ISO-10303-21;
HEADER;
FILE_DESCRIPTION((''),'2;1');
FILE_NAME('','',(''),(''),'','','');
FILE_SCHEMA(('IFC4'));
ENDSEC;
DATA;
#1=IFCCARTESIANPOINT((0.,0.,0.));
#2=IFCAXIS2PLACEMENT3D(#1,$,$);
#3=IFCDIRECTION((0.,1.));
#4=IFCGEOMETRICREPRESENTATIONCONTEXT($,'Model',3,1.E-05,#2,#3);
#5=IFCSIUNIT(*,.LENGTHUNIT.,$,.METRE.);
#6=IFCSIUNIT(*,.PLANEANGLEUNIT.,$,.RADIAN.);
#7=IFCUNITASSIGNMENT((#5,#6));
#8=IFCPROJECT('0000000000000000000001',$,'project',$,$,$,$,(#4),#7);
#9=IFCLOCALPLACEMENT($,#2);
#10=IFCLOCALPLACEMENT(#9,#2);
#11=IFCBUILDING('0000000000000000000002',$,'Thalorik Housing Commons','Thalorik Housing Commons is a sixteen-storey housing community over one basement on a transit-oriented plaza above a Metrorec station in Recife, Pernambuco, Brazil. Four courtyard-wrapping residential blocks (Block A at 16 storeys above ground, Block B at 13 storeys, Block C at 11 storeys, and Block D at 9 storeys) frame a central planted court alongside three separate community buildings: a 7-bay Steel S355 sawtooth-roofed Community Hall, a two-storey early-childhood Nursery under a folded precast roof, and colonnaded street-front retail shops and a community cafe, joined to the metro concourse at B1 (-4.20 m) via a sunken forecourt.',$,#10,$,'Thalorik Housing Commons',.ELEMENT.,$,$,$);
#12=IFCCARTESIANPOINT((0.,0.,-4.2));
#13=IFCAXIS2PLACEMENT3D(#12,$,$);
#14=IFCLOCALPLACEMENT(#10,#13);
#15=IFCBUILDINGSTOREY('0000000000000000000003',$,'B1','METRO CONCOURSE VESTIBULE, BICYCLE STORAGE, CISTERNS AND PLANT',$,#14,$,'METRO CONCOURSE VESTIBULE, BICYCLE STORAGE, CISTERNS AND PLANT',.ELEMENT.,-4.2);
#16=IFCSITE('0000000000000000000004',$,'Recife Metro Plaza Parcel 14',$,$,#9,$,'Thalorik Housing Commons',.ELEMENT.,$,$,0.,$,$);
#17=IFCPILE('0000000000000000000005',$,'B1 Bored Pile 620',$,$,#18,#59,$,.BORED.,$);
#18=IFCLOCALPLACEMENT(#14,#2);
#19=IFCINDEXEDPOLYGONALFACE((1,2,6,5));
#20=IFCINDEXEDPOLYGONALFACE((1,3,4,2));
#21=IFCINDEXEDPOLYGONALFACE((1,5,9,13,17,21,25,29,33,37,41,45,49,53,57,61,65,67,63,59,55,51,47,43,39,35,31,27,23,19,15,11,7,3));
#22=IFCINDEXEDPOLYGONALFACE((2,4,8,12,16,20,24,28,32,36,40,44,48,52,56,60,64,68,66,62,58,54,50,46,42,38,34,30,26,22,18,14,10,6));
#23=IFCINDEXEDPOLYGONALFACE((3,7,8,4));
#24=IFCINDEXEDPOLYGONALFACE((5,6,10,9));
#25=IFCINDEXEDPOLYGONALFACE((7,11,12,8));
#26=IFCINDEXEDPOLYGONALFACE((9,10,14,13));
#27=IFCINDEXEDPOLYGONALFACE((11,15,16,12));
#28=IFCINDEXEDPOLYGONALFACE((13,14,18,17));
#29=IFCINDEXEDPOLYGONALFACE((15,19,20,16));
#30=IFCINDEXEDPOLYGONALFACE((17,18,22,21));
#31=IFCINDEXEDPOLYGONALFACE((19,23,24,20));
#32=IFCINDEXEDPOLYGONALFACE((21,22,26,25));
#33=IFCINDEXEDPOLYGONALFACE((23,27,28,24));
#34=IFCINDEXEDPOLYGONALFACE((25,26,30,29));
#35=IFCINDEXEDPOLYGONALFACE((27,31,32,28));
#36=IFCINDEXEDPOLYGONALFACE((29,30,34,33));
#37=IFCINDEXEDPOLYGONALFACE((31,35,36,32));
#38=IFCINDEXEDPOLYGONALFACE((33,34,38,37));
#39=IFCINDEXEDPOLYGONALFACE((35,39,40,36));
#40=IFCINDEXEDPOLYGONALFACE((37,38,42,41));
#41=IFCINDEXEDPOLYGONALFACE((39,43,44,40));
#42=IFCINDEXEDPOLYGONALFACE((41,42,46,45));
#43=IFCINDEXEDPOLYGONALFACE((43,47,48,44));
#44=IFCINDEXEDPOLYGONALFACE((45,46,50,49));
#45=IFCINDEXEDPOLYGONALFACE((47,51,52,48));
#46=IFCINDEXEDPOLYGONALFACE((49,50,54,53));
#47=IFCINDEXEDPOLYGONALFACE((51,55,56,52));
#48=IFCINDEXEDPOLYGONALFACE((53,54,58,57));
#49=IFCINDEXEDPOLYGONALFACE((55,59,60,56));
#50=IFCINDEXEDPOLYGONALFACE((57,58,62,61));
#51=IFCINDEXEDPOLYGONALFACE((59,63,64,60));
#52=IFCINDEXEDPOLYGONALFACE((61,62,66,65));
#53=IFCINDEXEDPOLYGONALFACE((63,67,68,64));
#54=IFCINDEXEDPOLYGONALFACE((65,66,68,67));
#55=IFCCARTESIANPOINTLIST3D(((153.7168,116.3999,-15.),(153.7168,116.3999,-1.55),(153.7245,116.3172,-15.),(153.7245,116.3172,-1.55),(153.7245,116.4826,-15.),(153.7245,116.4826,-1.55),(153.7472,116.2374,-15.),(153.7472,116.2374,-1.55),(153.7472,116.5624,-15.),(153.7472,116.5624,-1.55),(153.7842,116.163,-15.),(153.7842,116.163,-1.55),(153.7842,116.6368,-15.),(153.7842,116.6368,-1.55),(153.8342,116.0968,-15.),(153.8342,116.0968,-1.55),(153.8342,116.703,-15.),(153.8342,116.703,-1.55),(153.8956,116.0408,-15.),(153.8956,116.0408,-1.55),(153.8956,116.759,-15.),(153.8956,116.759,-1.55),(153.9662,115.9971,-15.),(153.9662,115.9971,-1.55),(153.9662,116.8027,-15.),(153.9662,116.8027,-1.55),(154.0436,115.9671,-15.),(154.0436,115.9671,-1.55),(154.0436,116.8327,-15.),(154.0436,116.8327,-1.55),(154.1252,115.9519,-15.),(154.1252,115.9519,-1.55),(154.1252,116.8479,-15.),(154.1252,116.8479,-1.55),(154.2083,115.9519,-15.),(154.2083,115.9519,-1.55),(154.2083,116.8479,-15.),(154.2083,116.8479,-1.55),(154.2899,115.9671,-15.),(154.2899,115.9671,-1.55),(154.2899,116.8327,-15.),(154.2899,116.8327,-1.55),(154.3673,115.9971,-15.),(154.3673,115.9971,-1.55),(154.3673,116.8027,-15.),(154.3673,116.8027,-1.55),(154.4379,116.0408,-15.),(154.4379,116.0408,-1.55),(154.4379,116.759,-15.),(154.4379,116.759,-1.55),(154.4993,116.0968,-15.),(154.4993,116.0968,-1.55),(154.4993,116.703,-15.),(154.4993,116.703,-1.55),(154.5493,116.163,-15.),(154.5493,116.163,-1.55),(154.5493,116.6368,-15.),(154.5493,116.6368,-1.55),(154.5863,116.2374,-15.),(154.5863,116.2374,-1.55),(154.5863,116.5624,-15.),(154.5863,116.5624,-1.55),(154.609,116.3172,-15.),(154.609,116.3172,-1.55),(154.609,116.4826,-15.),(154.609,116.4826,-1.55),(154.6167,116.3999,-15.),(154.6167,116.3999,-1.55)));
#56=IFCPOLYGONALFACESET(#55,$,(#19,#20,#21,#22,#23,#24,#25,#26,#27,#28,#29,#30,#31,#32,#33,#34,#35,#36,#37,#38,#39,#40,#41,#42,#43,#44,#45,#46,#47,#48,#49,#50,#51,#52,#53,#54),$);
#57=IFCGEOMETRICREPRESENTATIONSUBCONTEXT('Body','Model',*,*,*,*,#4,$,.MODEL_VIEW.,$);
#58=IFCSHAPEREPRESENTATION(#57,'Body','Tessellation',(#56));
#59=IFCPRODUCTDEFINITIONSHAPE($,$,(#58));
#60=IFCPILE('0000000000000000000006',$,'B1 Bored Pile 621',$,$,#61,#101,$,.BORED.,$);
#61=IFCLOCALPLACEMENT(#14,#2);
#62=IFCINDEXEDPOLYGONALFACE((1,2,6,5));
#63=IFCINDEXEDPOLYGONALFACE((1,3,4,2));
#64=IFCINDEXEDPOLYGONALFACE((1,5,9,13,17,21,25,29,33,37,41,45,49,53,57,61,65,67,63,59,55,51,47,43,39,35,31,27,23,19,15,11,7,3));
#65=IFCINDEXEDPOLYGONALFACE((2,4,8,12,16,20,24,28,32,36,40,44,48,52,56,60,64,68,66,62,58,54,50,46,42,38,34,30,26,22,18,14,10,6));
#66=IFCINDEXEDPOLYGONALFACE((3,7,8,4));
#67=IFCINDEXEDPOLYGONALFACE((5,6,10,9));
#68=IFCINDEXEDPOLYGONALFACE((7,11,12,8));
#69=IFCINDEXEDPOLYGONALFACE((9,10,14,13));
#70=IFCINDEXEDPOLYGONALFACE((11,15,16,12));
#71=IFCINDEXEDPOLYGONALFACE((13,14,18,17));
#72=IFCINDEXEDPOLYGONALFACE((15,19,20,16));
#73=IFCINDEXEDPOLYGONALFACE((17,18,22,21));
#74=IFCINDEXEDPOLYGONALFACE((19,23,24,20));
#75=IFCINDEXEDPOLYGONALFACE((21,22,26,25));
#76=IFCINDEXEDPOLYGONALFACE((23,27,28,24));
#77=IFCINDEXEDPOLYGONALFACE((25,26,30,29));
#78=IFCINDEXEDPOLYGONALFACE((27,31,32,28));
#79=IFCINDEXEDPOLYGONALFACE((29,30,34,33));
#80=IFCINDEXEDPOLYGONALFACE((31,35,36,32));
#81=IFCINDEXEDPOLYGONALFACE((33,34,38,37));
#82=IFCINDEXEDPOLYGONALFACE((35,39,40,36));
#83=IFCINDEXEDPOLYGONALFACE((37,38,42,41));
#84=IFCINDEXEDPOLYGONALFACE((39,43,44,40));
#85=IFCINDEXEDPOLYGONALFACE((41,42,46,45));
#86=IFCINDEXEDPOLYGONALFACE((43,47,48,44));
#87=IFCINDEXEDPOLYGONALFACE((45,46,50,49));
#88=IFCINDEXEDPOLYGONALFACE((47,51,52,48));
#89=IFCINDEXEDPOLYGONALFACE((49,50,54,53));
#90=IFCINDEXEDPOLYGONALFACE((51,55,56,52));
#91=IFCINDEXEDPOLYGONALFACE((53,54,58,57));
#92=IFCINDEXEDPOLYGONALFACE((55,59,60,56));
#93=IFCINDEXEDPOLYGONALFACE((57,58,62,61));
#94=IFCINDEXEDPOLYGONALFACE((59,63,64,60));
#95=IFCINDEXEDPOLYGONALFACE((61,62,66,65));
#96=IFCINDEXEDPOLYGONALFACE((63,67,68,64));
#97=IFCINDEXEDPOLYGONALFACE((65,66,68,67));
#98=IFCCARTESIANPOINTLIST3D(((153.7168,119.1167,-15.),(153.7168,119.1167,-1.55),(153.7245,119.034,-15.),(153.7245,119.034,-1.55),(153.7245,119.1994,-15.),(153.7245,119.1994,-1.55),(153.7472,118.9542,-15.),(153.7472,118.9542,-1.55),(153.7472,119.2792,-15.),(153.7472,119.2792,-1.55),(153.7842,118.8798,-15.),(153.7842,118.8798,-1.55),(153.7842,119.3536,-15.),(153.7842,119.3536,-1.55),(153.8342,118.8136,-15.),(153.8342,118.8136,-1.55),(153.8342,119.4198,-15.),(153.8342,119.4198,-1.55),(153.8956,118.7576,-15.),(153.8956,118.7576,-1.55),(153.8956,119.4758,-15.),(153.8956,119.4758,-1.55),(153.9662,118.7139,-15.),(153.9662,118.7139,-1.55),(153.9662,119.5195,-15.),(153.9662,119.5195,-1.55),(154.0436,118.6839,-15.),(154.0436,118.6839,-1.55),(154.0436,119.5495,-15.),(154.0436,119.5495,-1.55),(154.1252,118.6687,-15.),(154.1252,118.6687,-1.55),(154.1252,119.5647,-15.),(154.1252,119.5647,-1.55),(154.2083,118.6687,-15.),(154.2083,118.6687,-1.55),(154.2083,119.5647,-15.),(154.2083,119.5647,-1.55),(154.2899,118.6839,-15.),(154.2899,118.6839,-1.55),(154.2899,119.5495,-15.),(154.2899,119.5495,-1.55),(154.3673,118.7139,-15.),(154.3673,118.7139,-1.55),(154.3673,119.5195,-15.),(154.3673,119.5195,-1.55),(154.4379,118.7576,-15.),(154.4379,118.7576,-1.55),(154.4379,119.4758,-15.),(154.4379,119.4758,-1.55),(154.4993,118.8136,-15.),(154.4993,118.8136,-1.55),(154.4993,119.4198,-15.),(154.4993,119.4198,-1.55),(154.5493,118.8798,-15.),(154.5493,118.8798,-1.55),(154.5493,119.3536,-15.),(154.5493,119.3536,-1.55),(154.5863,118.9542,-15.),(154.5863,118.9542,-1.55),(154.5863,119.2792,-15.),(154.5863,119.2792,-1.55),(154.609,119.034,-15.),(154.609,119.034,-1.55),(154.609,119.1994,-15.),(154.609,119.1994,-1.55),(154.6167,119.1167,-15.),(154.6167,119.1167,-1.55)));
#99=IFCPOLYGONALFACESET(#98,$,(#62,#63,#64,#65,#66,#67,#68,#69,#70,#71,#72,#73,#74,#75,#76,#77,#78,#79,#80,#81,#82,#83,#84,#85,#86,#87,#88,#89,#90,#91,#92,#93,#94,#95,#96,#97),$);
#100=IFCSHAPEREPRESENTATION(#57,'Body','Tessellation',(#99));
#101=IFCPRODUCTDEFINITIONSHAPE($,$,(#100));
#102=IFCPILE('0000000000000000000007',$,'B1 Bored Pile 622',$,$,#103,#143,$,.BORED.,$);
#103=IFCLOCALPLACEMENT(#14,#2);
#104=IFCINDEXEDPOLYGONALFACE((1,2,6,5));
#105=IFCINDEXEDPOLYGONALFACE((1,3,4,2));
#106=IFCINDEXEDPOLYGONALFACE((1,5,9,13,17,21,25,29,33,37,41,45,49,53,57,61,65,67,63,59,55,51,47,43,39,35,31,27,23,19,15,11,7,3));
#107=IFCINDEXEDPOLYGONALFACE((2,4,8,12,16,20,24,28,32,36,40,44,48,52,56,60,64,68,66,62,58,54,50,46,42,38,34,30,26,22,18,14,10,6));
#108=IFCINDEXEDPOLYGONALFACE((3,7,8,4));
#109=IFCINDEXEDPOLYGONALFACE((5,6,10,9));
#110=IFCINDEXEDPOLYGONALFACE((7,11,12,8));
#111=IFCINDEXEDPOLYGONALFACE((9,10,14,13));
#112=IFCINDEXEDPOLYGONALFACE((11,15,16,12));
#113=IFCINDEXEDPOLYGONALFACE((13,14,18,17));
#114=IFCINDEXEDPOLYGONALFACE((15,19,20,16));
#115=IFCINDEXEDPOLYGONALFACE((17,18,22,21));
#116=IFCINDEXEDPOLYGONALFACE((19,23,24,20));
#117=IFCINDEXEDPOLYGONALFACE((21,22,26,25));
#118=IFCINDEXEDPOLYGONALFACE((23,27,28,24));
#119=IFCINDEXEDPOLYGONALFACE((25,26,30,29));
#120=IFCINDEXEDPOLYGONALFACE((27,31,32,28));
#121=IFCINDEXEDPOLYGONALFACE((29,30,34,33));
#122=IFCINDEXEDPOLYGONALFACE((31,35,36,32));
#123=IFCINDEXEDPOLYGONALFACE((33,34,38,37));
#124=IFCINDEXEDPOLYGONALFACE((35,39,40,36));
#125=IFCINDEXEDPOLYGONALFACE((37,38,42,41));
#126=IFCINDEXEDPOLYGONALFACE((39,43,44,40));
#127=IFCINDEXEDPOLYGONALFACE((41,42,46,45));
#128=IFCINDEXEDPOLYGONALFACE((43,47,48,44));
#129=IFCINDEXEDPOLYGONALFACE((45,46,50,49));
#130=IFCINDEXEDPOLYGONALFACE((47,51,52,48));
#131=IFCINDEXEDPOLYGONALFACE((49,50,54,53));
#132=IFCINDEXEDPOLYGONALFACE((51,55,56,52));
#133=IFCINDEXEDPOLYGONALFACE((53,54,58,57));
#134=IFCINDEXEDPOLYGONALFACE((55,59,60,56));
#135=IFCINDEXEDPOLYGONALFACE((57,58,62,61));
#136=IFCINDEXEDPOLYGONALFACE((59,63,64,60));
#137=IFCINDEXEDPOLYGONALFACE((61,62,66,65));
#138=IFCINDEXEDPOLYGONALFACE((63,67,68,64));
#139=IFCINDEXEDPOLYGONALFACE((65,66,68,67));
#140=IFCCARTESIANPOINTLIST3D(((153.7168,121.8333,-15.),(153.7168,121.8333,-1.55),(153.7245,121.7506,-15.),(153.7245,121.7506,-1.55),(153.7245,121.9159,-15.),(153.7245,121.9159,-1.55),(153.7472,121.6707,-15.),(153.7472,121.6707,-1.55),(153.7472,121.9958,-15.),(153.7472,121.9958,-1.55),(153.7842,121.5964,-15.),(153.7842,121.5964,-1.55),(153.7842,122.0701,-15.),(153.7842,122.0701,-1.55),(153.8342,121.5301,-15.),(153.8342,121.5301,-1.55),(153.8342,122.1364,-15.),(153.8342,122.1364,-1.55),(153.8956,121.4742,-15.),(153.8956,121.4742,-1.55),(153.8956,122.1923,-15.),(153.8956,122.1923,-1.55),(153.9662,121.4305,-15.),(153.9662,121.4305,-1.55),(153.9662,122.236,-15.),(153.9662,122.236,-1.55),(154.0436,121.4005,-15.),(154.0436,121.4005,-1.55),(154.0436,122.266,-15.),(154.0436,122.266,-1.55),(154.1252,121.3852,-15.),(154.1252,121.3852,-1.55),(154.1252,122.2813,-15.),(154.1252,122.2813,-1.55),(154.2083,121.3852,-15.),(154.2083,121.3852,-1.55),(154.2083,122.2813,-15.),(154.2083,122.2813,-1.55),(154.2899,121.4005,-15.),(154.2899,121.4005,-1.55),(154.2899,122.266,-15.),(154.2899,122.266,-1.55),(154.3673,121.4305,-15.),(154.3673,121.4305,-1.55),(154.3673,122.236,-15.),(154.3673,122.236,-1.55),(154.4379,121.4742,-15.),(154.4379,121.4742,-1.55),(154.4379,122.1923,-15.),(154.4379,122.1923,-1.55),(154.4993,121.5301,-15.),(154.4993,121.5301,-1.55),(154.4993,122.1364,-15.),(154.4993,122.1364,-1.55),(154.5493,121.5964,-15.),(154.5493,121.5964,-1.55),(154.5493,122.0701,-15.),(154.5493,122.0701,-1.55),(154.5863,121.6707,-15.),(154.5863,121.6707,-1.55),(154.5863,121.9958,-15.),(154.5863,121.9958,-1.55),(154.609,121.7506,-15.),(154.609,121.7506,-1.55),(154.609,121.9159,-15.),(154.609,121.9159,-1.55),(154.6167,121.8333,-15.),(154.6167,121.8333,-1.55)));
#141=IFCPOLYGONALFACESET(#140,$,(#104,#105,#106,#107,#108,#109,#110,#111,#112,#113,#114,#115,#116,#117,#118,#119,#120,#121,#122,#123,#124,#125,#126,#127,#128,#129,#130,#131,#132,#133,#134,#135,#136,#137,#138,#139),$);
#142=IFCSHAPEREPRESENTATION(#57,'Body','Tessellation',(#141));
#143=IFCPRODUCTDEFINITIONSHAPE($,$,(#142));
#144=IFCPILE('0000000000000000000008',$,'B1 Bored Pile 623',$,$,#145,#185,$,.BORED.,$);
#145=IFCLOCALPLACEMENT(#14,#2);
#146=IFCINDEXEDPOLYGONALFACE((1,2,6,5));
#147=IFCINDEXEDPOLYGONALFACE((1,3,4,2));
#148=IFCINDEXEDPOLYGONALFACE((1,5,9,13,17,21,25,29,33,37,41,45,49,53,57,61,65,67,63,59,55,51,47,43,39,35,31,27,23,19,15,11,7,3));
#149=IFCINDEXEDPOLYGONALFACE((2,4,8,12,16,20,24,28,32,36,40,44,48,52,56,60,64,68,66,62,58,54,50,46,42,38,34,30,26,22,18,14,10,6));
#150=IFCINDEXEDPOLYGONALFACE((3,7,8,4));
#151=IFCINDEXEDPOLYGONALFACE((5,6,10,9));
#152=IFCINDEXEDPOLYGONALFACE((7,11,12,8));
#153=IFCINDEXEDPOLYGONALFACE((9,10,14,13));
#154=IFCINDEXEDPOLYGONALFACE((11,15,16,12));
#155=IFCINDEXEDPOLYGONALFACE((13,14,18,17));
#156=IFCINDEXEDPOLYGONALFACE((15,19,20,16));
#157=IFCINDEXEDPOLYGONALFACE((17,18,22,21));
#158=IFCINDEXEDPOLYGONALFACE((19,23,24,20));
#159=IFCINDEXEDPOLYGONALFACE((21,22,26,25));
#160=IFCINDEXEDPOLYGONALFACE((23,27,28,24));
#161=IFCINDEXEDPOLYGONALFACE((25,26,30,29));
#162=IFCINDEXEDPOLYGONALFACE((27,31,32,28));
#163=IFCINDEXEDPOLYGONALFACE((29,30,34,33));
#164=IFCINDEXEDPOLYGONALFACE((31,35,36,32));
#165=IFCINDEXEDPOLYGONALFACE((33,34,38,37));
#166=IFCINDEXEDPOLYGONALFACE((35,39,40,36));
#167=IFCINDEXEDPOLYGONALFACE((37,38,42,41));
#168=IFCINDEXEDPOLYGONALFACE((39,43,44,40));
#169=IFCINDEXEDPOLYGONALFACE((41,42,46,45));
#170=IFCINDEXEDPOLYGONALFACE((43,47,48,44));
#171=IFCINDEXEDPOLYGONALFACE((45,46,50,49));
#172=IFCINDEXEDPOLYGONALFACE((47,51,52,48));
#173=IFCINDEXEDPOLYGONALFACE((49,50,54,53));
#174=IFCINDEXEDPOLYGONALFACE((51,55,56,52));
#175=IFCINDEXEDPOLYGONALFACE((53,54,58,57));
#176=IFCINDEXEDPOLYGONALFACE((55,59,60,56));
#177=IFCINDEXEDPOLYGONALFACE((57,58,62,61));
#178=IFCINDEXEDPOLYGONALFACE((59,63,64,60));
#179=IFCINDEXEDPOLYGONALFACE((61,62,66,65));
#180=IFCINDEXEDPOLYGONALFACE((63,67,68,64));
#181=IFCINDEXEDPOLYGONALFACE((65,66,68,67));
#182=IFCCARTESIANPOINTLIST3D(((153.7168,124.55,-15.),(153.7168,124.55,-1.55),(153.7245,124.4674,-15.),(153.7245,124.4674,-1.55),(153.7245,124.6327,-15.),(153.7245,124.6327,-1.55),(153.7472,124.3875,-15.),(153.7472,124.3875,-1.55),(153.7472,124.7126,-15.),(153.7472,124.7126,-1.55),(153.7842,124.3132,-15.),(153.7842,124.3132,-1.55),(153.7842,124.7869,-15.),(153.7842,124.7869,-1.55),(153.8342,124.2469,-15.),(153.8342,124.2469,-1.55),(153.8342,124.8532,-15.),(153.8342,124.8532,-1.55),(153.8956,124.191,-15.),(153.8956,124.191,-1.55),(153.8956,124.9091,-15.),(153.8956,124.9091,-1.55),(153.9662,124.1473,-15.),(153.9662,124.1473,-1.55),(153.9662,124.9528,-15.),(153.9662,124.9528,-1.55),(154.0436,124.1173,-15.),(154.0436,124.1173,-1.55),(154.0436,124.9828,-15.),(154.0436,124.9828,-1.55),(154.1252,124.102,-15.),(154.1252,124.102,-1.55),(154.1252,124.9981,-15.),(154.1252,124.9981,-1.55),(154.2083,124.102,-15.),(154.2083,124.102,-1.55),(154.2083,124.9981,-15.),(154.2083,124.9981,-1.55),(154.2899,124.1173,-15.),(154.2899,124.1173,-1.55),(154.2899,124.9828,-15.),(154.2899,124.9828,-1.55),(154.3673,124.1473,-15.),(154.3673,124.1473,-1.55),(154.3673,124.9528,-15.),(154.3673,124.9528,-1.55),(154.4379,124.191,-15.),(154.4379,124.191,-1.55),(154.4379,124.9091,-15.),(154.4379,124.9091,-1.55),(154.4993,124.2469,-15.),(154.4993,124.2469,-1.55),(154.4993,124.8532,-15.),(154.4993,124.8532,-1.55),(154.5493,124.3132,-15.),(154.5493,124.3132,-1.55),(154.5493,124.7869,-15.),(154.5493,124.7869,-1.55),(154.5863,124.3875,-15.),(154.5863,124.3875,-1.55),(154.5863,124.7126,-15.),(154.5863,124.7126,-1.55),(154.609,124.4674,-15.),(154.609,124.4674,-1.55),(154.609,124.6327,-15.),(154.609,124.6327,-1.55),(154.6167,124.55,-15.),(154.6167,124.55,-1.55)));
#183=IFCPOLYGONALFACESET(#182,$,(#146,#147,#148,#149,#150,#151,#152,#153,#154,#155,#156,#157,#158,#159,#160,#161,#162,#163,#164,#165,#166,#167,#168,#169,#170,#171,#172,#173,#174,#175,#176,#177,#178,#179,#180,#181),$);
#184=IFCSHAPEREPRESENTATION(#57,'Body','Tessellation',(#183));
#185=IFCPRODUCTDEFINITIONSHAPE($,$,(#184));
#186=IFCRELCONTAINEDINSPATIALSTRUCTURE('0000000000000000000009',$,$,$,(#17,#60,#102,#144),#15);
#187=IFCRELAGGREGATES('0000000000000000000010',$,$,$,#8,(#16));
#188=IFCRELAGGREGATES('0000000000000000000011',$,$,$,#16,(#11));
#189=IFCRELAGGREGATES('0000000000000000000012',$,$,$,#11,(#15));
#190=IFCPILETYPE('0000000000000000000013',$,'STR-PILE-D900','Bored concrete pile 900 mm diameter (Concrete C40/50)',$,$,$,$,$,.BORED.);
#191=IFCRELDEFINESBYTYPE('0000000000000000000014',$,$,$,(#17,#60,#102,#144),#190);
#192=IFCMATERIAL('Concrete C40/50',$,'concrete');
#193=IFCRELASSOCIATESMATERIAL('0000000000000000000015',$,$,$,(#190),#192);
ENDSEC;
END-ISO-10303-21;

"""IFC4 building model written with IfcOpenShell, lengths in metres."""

from ifc_helpers import new_model, si_unit, direction, frame, origin, origin_2d, place, context, subcontext, project, spatial, circle, extrude, material, material_profile, profile_set, type_object, element, save


model = new_model("IFC4")

# Units and contexts
model_context = context("Model", 3, precision=1e-05, world=origin(), true_north=direction((0.0, 1.0)))
body_context = subcontext(model_context, "Body", "Model", "MODEL_VIEW")
ifc_project = project(units=[si_unit("LENGTHUNIT", "METRE"), si_unit("PLANEANGLEUNIT", "RADIAN")], contexts=[model_context])

# Site, building, storey
site_placement = place(None, origin())
site = spatial("IfcSite", under=ifc_project, at=site_placement, Name="Recife Metro Plaza Parcel 14", LongName="Thalorik Housing Commons", CompositionType="ELEMENT", RefElevation=0.0)
building_placement = place(site_placement, origin())
building = spatial("IfcBuilding", under=site, at=building_placement, Name="Thalorik Housing Commons", Description="Thalorik Housing Commons is a sixteen-storey housing community over one basement on a transit-oriented plaza above a Metrorec station in Recife, Pernambuco, Brazil. Four courtyard-wrapping residential blocks (Block A at 16 storeys above ground, Block B at 13 storeys, Block C at 11 storeys, and Block D at 9 storeys) frame a central planted court alongside three separate community buildings: a 7-bay Steel S355 sawtooth-roofed Community Hall, a two-storey early-childhood Nursery under a folded precast roof, and colonnaded street-front retail shops and a community cafe, joined to the metro concourse at B1 (-4.20 m) via a sunken forecourt.", LongName="Thalorik Housing Commons", CompositionType="ELEMENT")
storey_placement = place(building_placement, frame((0.0, 0.0, -4.2)))
storey = spatial("IfcBuildingStorey", under=building, at=storey_placement, Name="B1", Description="METRO CONCOURSE VESTIBULE, BICYCLE STORAGE, CISTERNS AND PLANT", LongName="METRO CONCOURSE VESTIBULE, BICYCLE STORAGE, CISTERNS AND PLANT", CompositionType="ELEMENT", Elevation=-4.2)

# Piles
ifc_material_1 = material(Name="Concrete C40/50", Category="concrete")
ifc_material_profile_1 = material_profile(ifc_material_1, circle(Radius=0.45, at=origin_2d()), Name="BORED PILE D900", Category="concrete")
ifc_profile_set_1 = profile_set([ifc_material_profile_1], Name="Concrete C40/50")
pile_type = type_object("IfcPileType", Name="STR-PILE-D900", Description="Bored concrete pile 900 mm diameter (Concrete C40/50)", PredefinedType="BORED", material=ifc_profile_set_1)
for number, where, z_axis, x_axis, name in (
    (1, (154.1667, 116.3999, -1.55), (0.0, 0.0, -1.0), (1.0, 0.0, 0.0), "B1 Bored Pile 620"),
    (2, (154.1667, 119.1167, -1.55), (0.0, 0.0, -1.0), (1.0, 0.0, 0.0), "B1 Bored Pile 621"),
    (3, (154.1667, 121.8333, -1.55), (0.0, 0.0, -1.0), (1.0, 0.0, 0.0), "B1 Bored Pile 622"),
    (4, (154.1667, 124.55, -1.55), (0.0, 0.0, -1.0), (1.0, 0.0, 0.0), "B1 Bored Pile 623"),
):
    element("IfcPile", number, at=place(storey_placement, frame(where, z_axis=z_axis, x_axis=x_axis)), inside=storey, type_object=pile_type, Name=name, PredefinedType="BORED", context=body_context, shape_type="SweptSolid", body=[
        extrude(circle(Radius=0.45, at=origin_2d()), origin(), (0.0, 0.0, 1.0), 13.45),
    ])

save(model, "model.ifc")
